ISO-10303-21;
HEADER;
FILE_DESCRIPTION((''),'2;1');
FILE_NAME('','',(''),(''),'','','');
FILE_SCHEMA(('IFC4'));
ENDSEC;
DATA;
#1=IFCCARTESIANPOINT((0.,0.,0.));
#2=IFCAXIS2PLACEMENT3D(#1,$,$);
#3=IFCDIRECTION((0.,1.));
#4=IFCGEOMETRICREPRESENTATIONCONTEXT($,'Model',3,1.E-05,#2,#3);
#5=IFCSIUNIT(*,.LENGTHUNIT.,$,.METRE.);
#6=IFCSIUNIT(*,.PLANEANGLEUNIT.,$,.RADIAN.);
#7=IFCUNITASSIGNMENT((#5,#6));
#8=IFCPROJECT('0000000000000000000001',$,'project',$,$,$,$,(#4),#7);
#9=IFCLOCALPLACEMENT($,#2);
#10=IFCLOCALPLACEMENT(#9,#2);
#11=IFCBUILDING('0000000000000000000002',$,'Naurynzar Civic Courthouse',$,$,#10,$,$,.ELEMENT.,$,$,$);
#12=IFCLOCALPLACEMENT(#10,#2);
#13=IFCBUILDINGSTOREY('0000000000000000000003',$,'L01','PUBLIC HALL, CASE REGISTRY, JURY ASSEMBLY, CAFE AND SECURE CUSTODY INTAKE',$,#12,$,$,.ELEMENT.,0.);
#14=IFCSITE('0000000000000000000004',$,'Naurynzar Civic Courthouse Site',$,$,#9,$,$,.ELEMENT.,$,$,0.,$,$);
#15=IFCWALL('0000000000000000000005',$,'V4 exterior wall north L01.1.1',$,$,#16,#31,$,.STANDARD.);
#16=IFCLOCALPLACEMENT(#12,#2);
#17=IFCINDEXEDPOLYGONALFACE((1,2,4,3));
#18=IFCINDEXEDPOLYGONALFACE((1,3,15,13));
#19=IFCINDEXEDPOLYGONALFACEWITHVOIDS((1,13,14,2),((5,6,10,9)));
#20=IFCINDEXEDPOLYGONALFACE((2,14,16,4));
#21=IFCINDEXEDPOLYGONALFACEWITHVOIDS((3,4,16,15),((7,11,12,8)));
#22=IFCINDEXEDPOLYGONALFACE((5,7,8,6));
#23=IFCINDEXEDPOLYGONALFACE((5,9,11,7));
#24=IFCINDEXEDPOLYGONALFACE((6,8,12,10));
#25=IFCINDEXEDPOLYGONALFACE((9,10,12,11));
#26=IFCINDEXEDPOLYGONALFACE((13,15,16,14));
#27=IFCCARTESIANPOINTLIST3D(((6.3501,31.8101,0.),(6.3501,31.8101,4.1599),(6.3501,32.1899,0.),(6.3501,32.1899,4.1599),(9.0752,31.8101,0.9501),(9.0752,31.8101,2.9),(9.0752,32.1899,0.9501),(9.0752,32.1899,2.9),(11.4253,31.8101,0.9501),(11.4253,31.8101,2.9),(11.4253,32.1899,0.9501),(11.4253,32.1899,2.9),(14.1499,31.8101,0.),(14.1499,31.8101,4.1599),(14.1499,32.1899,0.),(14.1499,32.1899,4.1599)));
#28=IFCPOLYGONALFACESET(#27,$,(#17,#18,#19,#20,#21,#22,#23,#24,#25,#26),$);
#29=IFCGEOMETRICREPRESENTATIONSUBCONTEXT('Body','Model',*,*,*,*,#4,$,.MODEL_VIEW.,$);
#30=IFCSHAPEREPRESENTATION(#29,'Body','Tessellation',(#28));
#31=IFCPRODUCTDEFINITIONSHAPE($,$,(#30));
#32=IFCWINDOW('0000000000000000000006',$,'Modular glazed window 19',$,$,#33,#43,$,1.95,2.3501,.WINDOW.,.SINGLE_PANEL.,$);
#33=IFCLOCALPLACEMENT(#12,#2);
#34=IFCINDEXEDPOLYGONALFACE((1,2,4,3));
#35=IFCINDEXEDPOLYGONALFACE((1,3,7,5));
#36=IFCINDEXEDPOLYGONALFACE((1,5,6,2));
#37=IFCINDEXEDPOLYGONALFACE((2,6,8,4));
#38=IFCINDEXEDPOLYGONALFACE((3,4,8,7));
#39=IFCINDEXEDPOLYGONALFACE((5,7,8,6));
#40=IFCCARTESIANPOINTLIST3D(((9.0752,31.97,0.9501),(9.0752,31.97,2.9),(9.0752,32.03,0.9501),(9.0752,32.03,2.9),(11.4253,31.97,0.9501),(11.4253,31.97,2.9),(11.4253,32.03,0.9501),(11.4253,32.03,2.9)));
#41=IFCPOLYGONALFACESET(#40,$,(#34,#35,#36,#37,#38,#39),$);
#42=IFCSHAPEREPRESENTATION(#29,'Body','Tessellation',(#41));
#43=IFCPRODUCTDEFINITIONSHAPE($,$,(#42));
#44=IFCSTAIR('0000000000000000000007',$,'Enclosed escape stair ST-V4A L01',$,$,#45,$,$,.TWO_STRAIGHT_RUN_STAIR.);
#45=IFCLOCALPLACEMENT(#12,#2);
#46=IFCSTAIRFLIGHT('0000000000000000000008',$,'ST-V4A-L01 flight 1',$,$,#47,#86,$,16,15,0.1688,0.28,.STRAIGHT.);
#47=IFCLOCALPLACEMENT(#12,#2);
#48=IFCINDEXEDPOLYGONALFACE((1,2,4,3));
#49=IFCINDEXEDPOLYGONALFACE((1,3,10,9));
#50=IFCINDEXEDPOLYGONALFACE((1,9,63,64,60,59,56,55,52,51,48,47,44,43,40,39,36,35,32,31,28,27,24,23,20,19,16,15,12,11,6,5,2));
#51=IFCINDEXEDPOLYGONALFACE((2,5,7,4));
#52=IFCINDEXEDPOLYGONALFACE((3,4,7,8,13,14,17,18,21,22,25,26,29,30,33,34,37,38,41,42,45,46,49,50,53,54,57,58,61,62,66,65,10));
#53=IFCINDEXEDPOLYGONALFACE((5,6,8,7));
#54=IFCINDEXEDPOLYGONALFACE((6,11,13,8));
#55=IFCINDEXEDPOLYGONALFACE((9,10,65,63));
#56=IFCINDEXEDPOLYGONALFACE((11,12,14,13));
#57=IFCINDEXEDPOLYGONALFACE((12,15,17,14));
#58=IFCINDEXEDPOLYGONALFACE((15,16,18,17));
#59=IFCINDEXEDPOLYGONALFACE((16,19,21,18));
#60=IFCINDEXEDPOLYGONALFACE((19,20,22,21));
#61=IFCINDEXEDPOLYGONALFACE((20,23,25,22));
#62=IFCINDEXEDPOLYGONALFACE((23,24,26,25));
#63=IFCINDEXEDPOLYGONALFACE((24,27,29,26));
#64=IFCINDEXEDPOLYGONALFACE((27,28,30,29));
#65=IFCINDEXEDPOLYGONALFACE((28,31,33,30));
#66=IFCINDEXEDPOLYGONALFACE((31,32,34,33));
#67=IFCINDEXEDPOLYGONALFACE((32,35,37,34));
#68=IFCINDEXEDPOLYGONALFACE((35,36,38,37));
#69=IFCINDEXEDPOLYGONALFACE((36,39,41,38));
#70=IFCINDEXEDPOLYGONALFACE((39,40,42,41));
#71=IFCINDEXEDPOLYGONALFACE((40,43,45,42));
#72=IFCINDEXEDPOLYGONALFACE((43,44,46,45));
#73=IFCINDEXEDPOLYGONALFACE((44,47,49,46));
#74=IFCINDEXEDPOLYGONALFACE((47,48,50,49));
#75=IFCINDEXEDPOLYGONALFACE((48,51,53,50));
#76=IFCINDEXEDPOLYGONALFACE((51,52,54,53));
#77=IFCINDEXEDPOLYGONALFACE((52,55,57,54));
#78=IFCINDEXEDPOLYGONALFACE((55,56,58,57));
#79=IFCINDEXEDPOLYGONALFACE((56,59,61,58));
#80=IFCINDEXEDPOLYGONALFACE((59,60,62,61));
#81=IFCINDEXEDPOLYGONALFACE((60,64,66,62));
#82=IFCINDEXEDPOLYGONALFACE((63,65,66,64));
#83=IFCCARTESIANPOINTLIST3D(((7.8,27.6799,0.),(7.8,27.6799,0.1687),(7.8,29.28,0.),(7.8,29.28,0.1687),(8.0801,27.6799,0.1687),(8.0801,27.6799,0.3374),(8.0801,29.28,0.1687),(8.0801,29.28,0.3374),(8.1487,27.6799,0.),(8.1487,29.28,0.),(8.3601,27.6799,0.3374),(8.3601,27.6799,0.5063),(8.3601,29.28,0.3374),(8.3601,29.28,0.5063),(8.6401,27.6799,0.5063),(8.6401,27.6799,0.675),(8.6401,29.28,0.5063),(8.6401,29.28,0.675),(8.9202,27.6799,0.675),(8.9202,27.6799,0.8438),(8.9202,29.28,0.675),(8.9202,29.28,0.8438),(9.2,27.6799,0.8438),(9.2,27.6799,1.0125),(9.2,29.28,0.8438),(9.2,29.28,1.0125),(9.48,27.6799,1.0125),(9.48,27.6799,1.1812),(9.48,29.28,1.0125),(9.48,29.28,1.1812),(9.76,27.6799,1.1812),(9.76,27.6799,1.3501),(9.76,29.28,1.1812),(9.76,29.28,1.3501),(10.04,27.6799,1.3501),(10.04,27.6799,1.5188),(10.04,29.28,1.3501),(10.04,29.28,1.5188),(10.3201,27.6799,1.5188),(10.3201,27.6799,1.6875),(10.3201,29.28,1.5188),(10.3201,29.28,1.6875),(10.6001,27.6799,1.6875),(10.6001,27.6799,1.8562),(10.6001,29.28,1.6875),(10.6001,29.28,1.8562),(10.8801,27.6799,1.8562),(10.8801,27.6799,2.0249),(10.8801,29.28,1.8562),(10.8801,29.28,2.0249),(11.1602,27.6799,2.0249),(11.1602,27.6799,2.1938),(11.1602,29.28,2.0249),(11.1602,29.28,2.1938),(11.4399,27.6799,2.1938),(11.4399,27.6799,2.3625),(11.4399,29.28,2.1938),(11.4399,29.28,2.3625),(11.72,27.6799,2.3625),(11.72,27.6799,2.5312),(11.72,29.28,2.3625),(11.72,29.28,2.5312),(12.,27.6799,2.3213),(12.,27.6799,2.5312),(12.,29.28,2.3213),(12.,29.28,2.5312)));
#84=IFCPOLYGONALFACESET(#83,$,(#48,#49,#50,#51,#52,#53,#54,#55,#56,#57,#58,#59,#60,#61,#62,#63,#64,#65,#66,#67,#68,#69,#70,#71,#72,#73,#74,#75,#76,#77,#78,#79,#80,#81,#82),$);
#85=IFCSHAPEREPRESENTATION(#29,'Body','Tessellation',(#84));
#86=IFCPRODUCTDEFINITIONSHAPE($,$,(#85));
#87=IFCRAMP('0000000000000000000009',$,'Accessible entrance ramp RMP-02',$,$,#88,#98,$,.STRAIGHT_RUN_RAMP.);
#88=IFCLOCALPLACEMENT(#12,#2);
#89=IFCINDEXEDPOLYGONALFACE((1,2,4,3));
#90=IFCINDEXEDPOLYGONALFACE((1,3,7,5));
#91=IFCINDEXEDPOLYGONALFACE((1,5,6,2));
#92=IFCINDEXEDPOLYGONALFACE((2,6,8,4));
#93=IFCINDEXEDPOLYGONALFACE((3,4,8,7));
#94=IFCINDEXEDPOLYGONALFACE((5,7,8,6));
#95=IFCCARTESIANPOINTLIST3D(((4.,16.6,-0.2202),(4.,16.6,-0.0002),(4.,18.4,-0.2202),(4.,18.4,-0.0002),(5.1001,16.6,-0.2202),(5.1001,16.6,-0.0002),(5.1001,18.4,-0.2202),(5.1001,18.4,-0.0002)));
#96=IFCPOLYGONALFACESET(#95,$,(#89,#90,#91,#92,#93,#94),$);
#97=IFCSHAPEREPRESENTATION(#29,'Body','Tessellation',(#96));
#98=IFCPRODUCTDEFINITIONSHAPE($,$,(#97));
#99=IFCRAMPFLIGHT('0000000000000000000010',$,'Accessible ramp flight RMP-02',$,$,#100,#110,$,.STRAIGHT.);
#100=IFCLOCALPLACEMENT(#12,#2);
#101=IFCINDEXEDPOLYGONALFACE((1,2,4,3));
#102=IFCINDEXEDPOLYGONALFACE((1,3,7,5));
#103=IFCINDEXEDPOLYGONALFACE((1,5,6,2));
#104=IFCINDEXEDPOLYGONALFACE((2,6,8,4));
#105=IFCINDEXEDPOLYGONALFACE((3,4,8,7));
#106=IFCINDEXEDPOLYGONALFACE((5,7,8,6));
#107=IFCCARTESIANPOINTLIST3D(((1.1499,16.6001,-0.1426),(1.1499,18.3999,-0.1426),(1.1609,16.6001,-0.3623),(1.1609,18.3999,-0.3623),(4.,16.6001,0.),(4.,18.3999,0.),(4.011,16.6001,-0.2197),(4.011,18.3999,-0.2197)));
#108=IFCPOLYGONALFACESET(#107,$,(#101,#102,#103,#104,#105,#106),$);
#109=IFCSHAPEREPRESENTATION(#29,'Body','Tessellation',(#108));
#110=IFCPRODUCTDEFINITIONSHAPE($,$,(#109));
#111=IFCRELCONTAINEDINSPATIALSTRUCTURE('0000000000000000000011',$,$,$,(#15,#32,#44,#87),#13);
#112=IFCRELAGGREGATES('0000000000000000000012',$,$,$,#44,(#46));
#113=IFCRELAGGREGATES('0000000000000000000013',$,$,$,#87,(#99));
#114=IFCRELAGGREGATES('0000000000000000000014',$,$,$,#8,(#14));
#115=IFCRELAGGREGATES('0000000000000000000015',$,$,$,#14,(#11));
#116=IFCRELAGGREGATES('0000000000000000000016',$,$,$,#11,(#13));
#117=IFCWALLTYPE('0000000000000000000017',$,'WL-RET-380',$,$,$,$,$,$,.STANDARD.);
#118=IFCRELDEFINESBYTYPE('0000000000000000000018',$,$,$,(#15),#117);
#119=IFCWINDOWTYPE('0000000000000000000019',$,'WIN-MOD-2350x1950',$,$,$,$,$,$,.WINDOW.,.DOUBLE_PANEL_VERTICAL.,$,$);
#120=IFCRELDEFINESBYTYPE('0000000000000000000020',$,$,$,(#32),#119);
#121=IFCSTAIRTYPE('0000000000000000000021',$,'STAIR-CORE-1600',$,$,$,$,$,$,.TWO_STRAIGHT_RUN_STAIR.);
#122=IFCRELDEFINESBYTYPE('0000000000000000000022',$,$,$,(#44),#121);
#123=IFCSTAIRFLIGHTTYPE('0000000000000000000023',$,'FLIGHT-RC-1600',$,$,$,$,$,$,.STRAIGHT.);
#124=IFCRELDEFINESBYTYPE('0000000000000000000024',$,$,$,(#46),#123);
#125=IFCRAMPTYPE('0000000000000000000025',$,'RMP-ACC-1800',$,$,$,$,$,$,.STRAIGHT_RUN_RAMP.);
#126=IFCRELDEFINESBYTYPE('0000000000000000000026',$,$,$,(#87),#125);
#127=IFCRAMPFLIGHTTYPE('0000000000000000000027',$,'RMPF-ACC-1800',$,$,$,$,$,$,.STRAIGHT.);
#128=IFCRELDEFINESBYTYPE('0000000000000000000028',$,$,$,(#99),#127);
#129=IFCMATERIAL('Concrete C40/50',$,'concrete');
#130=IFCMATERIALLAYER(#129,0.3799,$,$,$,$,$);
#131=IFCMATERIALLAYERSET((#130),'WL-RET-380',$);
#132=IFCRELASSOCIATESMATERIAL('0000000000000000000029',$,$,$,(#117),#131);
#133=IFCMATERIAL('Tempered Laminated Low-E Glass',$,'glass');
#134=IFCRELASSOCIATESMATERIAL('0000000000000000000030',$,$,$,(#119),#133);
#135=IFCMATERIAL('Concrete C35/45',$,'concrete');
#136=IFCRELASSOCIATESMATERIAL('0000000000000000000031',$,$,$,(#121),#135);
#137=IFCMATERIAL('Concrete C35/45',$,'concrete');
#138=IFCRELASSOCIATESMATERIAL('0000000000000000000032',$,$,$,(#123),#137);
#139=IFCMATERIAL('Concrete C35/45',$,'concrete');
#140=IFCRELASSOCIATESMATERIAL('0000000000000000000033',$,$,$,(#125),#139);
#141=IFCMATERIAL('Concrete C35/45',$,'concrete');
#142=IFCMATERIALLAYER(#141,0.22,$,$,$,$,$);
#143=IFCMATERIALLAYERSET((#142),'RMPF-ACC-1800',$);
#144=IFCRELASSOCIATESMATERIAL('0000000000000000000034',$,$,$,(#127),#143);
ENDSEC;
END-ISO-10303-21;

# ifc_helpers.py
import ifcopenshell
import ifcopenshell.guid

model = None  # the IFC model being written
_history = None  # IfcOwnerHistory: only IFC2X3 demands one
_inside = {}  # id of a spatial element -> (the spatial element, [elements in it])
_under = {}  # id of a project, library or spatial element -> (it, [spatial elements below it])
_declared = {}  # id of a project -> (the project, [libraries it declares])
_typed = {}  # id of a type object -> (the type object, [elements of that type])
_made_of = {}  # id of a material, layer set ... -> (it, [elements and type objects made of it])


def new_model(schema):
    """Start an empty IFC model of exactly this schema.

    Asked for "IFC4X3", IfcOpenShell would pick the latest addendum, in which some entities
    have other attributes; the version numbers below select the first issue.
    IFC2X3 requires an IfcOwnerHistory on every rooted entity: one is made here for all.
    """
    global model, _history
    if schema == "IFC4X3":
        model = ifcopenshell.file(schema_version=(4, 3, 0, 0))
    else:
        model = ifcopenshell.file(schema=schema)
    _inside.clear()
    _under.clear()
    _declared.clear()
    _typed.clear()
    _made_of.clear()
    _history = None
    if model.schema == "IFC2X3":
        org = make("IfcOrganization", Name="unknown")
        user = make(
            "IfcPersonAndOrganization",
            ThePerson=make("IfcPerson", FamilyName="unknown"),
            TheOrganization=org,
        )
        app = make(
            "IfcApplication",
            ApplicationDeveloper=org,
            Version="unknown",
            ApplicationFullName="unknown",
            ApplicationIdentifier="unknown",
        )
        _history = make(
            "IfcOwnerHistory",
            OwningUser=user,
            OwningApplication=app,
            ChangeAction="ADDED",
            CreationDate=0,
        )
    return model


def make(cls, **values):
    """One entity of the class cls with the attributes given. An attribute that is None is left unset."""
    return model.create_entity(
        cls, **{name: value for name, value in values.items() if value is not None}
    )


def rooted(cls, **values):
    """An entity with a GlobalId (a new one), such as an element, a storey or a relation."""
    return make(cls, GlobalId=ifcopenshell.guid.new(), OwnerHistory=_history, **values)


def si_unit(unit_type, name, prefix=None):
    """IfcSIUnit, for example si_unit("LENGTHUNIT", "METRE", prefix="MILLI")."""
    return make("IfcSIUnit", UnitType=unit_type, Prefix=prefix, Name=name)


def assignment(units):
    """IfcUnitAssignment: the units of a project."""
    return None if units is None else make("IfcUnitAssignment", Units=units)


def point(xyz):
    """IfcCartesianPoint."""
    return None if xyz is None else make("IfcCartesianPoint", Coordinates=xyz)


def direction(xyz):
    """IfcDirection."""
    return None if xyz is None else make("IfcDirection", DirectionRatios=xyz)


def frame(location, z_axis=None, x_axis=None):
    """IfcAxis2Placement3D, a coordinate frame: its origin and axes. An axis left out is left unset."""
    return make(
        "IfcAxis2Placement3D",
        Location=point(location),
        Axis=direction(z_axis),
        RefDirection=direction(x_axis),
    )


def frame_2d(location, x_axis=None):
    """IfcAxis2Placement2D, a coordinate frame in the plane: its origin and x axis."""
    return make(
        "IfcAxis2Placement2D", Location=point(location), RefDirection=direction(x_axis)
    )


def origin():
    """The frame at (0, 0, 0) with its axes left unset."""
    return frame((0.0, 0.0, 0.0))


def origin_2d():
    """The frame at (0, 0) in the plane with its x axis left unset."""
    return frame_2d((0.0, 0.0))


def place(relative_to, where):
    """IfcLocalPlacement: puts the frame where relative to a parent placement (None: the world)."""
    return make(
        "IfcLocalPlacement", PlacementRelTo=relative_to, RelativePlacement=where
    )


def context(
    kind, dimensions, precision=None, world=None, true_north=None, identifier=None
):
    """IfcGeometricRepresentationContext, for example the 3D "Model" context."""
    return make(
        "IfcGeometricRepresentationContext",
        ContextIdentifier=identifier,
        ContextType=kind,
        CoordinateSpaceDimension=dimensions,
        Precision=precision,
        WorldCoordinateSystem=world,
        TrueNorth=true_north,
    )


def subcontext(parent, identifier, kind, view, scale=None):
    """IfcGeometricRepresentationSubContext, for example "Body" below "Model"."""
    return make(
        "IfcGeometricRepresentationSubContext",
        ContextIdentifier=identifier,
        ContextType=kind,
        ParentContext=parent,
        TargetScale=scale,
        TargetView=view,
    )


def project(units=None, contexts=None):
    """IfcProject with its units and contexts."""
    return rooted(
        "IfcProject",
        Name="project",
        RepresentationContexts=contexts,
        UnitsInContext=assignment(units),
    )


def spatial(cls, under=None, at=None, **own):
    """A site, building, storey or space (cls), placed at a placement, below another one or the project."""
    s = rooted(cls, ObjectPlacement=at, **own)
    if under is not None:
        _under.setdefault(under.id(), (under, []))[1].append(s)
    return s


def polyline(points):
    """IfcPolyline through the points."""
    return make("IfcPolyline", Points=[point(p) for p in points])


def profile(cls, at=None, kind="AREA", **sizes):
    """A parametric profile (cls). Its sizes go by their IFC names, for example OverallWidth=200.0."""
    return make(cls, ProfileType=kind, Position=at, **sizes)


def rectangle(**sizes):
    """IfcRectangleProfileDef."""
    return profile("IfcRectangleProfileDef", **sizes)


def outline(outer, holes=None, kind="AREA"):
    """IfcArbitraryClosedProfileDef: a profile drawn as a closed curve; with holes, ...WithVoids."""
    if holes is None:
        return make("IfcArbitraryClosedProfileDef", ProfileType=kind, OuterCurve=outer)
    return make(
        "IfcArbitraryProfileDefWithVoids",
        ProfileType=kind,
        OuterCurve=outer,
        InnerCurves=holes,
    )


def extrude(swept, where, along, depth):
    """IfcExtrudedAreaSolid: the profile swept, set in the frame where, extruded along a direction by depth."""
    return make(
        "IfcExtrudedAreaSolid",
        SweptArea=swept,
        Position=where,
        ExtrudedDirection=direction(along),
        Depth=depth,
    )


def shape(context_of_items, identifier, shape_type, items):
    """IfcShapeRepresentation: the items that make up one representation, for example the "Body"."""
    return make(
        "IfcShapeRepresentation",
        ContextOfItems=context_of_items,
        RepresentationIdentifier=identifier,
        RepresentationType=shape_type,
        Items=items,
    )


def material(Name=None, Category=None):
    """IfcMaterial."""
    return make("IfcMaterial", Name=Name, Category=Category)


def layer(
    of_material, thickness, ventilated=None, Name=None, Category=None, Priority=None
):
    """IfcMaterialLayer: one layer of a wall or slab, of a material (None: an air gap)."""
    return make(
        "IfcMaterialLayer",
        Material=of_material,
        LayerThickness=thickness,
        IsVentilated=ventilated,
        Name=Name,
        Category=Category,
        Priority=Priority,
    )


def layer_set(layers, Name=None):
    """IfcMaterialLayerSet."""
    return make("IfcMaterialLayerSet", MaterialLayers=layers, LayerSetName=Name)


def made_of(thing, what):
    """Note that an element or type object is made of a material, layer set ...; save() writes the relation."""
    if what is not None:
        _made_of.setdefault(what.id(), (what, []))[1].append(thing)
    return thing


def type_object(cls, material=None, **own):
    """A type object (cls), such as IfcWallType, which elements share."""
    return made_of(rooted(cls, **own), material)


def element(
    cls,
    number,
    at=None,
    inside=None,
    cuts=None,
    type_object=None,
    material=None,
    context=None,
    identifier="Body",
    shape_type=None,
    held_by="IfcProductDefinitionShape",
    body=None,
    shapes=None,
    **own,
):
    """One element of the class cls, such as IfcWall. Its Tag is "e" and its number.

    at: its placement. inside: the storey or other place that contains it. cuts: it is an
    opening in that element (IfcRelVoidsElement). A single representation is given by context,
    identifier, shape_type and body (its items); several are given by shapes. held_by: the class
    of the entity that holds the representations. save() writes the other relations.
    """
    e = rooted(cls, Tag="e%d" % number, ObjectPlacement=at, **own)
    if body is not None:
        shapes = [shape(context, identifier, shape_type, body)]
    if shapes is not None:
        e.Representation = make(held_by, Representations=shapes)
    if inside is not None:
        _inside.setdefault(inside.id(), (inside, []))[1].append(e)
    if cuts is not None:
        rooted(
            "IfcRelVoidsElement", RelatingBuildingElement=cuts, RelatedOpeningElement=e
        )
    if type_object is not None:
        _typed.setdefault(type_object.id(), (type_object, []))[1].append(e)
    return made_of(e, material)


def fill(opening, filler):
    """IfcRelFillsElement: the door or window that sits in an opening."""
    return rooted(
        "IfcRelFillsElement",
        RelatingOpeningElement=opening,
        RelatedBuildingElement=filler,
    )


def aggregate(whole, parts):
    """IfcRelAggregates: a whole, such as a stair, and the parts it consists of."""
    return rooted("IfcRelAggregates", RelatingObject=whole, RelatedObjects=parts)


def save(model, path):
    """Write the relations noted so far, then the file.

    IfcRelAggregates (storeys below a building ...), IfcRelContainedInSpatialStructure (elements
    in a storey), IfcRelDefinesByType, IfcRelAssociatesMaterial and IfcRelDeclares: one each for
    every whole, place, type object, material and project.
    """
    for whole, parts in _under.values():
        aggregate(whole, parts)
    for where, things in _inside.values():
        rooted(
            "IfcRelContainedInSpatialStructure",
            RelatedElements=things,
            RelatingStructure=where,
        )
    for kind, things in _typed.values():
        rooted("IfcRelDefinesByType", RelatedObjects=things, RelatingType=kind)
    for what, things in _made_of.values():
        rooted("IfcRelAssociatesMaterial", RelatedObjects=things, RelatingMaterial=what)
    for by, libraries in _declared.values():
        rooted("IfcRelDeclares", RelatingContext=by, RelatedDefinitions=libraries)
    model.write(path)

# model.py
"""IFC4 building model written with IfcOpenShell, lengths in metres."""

from ifc_helpers import new_model, si_unit, direction, frame, frame_2d, origin, origin_2d, place, context, subcontext, project, spatial, polyline, rectangle, outline, extrude, material, layer, layer_set, type_object, element, fill, aggregate, save


model = new_model("IFC4")

# Units and contexts
model_context = context("Model", 3, precision=1e-05, world=origin(), true_north=direction((0.0, 1.0)))
body_context = subcontext(model_context, "Body", "Model", "MODEL_VIEW")
ifc_project = project(units=[si_unit("LENGTHUNIT", "METRE"), si_unit("PLANEANGLEUNIT", "RADIAN")], contexts=[model_context])

# Site, building, storey
site_placement = place(None, origin())
site = spatial("IfcSite", under=ifc_project, at=site_placement, Name="Naurynzar Civic Courthouse Site", CompositionType="ELEMENT", RefElevation=0.0)
building_placement = place(site_placement, origin())
building = spatial("IfcBuilding", under=site, at=building_placement, Name="Naurynzar Civic Courthouse", CompositionType="ELEMENT")
storey_placement = place(building_placement, origin())
storey = spatial("IfcBuildingStorey", under=building, at=storey_placement, Name="L01", Description="PUBLIC HALL, CASE REGISTRY, JURY ASSEMBLY, CAFE AND SECURE CUSTODY INTAKE", CompositionType="ELEMENT", Elevation=0.0)

# Wall, opening, window
ifc_material_1 = material(Name="Concrete C40/50", Category="concrete")
ifc_layer_1 = layer(ifc_material_1, 0.3799)
ifc_layer_set_1 = layer_set([ifc_layer_1], Name="WL-RET-380")
wall_type_1 = type_object("IfcWallType", Name="WL-RET-380", PredefinedType="STANDARD", material=ifc_layer_set_1)
wall_1_placement = place(storey_placement, frame((6.3501, 32.0, 0.0), z_axis=(0.0, 0.0, 1.0), x_axis=(1.0, 0.0, 0.0)))
wall_1 = element("IfcWall", 1, at=wall_1_placement, inside=storey, type_object=wall_type_1, Name="V4 exterior wall north L01.1.1", PredefinedType="STANDARD", context=body_context, shape_type="SweptSolid", body=[
    extrude(rectangle(XDim=7.7998, YDim=0.3799, at=frame_2d((3.8999, 0.0))), origin(), (0.0, 0.0, 1.0), 4.1599),
])
opening_1_placement = place(wall_1_placement, frame((2.7251, 0.0, 0.95)))
opening_1 = element("IfcOpeningElement", 2, at=opening_1_placement, cuts=wall_1, PredefinedType="OPENING", context=body_context, shape_type="SweptSolid", body=[
    extrude(rectangle(XDim=2.3501, YDim=1.95, at=frame_2d((1.175, 0.9751))), frame((0.0, 0.2, 0.0), z_axis=(0.0, -1.0, 0.0), x_axis=(1.0, 0.0, 0.0)), (0.0, 0.0, 1.0), 0.3999),
])
ifc_material_2 = material(Name="Tempered Laminated Low-E Glass", Category="glass")
window_type = type_object("IfcWindowType", Name="WIN-MOD-2350x1950", PartitioningType="DOUBLE_PANEL_VERTICAL", PredefinedType="WINDOW", material=ifc_material_2)
window_placement = place(opening_1_placement, origin())
window = element("IfcWindow", 3, at=window_placement, inside=storey, type_object=window_type, Name="Modular glazed window 19", OverallHeight=1.95, OverallWidth=2.3501, PartitioningType="SINGLE_PANEL", PredefinedType="WINDOW", context=body_context, shape_type="SweptSolid", body=[
    extrude(rectangle(XDim=2.3501, YDim=1.95, at=frame_2d((1.175, 0.9751))), frame((0.0, 0.03, 0.0), z_axis=(0.0, -1.0, 0.0), x_axis=(1.0, 0.0, 0.0)), (0.0, 0.0, 1.0), 0.0601),
])
fill(opening_1, window)

# Stair, stair flight
ifc_material_3 = material(Name="Concrete C35/45", Category="concrete")
stair_type = type_object("IfcStairType", Name="STAIR-CORE-1600", PredefinedType="TWO_STRAIGHT_RUN_STAIR", material=ifc_material_3)
stair_placement = place(storey_placement, origin())
stair = element("IfcStair", 4, at=stair_placement, inside=storey, type_object=stair_type, Name="Enclosed escape stair ST-V4A L01", PredefinedType="TWO_STRAIGHT_RUN_STAIR")
ifc_material_4 = material(Name="Concrete C35/45", Category="concrete")
stair_flight_type = type_object("IfcStairFlightType", Name="FLIGHT-RC-1600", PredefinedType="STRAIGHT", material=ifc_material_4)
stair_flight_placement = place(storey_placement, frame((7.8, 28.48, 0.0), z_axis=(0.0, 0.0, 1.0), x_axis=(1.0, 0.0, 0.0)))
stair_flight = element("IfcStairFlight", 5, at=stair_flight_placement, type_object=stair_flight_type, Name="ST-V4A-L01 flight 1", NumberOfRisers=16, NumberOfTreads=15, PredefinedType="STRAIGHT", RiserHeight=0.1688, TreadLength=0.28, context=body_context, shape_type="SweptSolid", body=[
    extrude(outline(polyline([(0.0, 0.0), (0.0, 0.1687), (0.28, 0.1687), (0.28, 0.3374), (0.5601, 0.3374), (0.5601, 0.5063), (0.8401, 0.5063), (0.8401, 0.675), (1.1201, 0.675), (1.1201, 0.8438), (1.3999, 0.8438), (1.3999, 1.0125), (1.6799, 1.0125), (1.6799, 1.1812), (1.96, 1.1812), (1.96, 1.3501), (2.24, 1.3501), (2.24, 1.5188), (2.52, 1.5188), (2.52, 1.6875), (2.8, 1.6875), (2.8, 1.8562), (3.0801, 1.8562), (3.0801, 2.0249), (3.3601, 2.0249), (3.3601, 2.1938), (3.6399, 2.1938), (3.6399, 2.3625), (3.9199, 2.3625), (3.9199, 2.5312), (4.2, 2.5312), (4.2, 2.7), (4.2, 2.3213), (0.3486, 0.0), (0.0, 0.0)])), frame((0.0, 0.8, 0.0), z_axis=(0.0, -1.0, 0.0), x_axis=(1.0, 0.0, 0.0)), (0.0, 0.0, 1.0), 1.6001),
])
aggregate(stair, [stair_flight])

# Ramp, ramp flight
ifc_material_5 = material(Name="Concrete C35/45", Category="concrete")
ramp_type = type_object("IfcRampType", Name="RMP-ACC-1800", PredefinedType="STRAIGHT_RUN_RAMP", material=ifc_material_5)
ramp_placement = place(storey_placement, frame((4.55, 17.5, -0.2202), z_axis=(0.0, 0.0, 1.0), x_axis=(1.0, 0.0, 0.0)))
ramp = element("IfcRamp", 6, at=ramp_placement, inside=storey, type_object=ramp_type, Name="Accessible entrance ramp RMP-02", PredefinedType="STRAIGHT_RUN_RAMP", context=body_context, shape_type="SweptSolid", body=[
    extrude(rectangle(XDim=1.1001, YDim=1.8, at=origin_2d()), origin(), (0.0, 0.0, 1.0), 0.22),
])
ifc_material_6 = material(Name="Concrete C35/45", Category="concrete")
ifc_layer_2 = layer(ifc_material_6, 0.22)
ifc_layer_set_2 = layer_set([ifc_layer_2], Name="RMPF-ACC-1800")
ramp_flight_type = type_object("IfcRampFlightType", Name="RMPF-ACC-1800", PredefinedType="STRAIGHT", material=ifc_layer_set_2)
ramp_flight_placement = place(storey_placement, frame((1.1499, 16.6001, -0.1426), z_axis=(-0.049963, 0.0, 0.998751), x_axis=(0.998751, 0.0, 0.049963)))
ramp_flight = element("IfcRampFlight", 7, at=ramp_flight_placement, type_object=ramp_flight_type, Name="Accessible ramp flight RMP-02", PredefinedType="STRAIGHT", context=body_context, shape_type="SweptSolid", body=[
    extrude(outline(polyline([(0.0, 0.0), (2.8537, 0.0), (2.8537, 1.7998), (0.0, 1.7998), (0.0, 0.0)])), origin(), (0.0, 0.0, -1.0), 0.22),
])
aggregate(ramp, [ramp_flight])

save(model, "model.ifc")
